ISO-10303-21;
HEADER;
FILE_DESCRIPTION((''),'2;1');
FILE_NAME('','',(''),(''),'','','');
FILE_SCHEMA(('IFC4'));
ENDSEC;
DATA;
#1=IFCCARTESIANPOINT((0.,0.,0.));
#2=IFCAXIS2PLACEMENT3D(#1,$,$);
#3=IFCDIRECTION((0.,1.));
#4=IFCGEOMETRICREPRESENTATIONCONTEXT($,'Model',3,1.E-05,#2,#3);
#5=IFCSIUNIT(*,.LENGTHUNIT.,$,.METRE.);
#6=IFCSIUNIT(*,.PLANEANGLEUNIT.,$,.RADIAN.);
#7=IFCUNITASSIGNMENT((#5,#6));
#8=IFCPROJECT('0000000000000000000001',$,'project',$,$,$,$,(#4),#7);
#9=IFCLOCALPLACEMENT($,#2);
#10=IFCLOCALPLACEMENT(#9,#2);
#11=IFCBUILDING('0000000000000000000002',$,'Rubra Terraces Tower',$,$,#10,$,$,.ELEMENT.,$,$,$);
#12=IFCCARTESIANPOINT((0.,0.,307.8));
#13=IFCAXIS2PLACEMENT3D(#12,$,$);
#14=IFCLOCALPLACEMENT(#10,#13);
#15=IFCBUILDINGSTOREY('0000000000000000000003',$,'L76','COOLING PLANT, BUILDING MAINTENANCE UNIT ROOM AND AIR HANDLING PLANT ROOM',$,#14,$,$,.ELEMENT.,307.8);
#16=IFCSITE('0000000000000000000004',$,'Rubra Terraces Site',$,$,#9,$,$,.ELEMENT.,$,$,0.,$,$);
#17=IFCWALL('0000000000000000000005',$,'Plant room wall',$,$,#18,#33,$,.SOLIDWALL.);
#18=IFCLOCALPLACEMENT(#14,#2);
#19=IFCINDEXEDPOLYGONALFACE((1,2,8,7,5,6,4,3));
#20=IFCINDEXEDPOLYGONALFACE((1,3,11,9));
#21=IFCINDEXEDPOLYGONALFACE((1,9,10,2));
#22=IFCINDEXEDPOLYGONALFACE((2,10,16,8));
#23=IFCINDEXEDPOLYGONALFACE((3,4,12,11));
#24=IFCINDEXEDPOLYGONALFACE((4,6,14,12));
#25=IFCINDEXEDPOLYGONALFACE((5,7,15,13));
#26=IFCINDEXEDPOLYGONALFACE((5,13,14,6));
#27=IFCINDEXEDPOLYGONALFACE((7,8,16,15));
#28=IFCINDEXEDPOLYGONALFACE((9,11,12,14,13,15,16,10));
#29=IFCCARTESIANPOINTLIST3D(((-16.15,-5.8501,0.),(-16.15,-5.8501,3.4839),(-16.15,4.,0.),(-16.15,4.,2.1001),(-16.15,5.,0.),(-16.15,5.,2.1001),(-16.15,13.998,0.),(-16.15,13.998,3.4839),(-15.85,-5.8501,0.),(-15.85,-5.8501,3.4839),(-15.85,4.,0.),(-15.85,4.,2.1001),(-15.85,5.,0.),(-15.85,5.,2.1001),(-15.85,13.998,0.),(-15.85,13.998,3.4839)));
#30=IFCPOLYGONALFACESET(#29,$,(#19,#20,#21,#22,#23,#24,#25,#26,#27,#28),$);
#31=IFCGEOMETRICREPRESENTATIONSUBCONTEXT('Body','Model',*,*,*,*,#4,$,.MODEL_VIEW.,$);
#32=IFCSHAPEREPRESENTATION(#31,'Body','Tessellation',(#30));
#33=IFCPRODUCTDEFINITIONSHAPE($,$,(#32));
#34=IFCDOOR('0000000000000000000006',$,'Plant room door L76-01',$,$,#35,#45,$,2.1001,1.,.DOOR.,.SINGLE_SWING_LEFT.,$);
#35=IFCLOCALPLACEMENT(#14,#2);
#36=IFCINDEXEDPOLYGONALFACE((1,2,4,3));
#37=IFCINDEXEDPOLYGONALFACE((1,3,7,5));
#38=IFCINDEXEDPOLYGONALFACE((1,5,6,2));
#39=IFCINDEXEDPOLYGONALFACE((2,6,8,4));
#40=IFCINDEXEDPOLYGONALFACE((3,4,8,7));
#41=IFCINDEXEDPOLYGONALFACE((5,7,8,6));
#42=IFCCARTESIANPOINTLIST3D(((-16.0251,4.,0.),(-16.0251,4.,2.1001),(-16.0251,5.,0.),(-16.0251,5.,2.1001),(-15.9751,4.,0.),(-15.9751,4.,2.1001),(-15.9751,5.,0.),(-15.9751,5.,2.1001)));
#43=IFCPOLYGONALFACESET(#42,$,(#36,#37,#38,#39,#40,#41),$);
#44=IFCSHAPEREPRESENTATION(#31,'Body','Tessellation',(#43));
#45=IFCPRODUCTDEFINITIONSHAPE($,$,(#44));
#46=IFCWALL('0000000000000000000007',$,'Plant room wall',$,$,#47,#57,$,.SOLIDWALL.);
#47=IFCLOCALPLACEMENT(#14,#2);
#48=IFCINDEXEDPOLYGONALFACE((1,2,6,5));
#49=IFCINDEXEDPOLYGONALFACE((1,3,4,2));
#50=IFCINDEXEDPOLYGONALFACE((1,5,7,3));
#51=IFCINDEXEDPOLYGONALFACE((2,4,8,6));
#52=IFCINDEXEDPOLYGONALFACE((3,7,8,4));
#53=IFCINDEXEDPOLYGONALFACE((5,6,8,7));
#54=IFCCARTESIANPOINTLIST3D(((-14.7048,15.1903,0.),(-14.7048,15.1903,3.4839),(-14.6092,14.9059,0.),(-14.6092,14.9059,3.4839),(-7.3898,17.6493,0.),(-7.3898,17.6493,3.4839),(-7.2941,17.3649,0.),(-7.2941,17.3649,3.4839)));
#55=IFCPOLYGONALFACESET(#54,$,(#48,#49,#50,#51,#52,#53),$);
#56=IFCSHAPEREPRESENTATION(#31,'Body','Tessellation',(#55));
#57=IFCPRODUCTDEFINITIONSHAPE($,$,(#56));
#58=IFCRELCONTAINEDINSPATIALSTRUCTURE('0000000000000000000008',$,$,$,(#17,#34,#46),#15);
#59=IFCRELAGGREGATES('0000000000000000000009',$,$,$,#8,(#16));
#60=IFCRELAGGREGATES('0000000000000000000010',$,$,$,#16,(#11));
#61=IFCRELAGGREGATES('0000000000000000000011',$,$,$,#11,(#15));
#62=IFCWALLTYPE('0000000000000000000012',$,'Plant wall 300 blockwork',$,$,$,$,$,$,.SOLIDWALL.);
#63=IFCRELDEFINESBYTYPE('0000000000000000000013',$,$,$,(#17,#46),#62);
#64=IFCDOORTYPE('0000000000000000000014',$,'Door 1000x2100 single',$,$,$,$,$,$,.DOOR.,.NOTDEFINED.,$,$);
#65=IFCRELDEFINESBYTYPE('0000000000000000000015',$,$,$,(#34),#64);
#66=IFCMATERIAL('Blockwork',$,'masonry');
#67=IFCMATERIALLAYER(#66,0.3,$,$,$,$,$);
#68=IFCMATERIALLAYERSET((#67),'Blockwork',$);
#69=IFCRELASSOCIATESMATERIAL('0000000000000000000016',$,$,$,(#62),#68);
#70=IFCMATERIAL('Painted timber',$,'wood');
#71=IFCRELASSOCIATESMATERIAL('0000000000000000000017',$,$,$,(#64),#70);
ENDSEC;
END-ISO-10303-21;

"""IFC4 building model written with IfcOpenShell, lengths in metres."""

from ifc_helpers import new_model, si_unit, direction, frame, frame_2d, origin, place, context, subcontext, project, spatial, rectangle, extrude, material, layer, layer_set, type_object, element, fill, save


model = new_model("IFC4")

# Units and contexts
model_context = context("Model", 3, precision=1e-05, world=origin(), true_north=direction((0.0, 1.0)))
body_context = subcontext(model_context, "Body", "Model", "MODEL_VIEW")
ifc_project = project(units=[si_unit("LENGTHUNIT", "METRE"), si_unit("PLANEANGLEUNIT", "RADIAN")], contexts=[model_context])

# Site, building, storey
site_placement = place(None, origin())
site = spatial("IfcSite", under=ifc_project, at=site_placement, Name="Rubra Terraces Site", CompositionType="ELEMENT", RefElevation=0.0)
building_placement = place(site_placement, origin())
building = spatial("IfcBuilding", under=site, at=building_placement, Name="Rubra Terraces Tower", CompositionType="ELEMENT")
storey_placement = place(building_placement, frame((0.0, 0.0, 307.8)))
storey = spatial("IfcBuildingStorey", under=building, at=storey_placement, Name="L76", Description="COOLING PLANT, BUILDING MAINTENANCE UNIT ROOM AND AIR HANDLING PLANT ROOM", CompositionType="ELEMENT", Elevation=307.8)

# Wall, opening, door
ifc_material_1 = material(Name="Blockwork", Category="masonry")
ifc_layer_1 = layer(ifc_material_1, 0.3)
ifc_layer_set_1 = layer_set([ifc_layer_1], Name="Blockwork")
wall_type = type_object("IfcWallType", Name="Plant wall 300 blockwork", PredefinedType="SOLIDWALL", material=ifc_layer_set_1)
wall_1_placement = place(storey_placement, frame((-16.0, 13.998, 0.0), z_axis=(0.0, 0.0, 1.0), x_axis=(0.0, -1.0, 0.0)))
wall_1 = element("IfcWall", 1, at=wall_1_placement, inside=storey, type_object=wall_type, Name="Plant room wall", PredefinedType="SOLIDWALL", context=body_context, shape_type="SweptSolid", body=[
    extrude(rectangle(XDim=19.8481, YDim=0.3, at=frame_2d((9.9241, 0.0))), origin(), (0.0, 0.0, 1.0), 3.4839),
])
opening_placement = place(wall_1_placement, frame((8.998, 0.0, 0.0)))
opening = element("IfcOpeningElement", 2, at=opening_placement, cuts=wall_1, PredefinedType="OPENING", context=body_context, shape_type="SweptSolid", body=[
    extrude(rectangle(XDim=1.0, YDim=2.1001, at=frame_2d((0.5, 1.05))), frame((0.0, 0.1599, 0.0), z_axis=(0.0, -1.0, 0.0), x_axis=(1.0, 0.0, 0.0)), (0.0, 0.0, 1.0), 0.3201),
])
ifc_material_2 = material(Name="Painted timber", Category="wood")
door_type = type_object("IfcDoorType", Name="Door 1000x2100 single", OperationType="NOTDEFINED", PredefinedType="DOOR", material=ifc_material_2)
door_placement = place(opening_placement, origin())
door = element("IfcDoor", 3, at=door_placement, inside=storey, type_object=door_type, Name="Plant room door L76-01", OperationType="SINGLE_SWING_LEFT", OverallHeight=2.1001, OverallWidth=1.0, PredefinedType="DOOR", context=body_context, shape_type="SweptSolid", body=[
    extrude(rectangle(XDim=1.0, YDim=2.1001, at=frame_2d((0.5, 1.05))), frame((0.0, 0.0249, 0.0), z_axis=(0.0, -1.0, 0.0), x_axis=(1.0, 0.0, 0.0)), (0.0, 0.0, 1.0), 0.05),
])
fill(opening, door)

# Wall
wall_2_placement = place(storey_placement, frame((-14.657, 15.0481, 0.0), z_axis=(0.0, 0.0, 1.0), x_axis=(0.947877, 0.318637, 0.0)))
element("IfcWall", 4, at=wall_2_placement, inside=storey, type_object=wall_type, Name="Plant room wall", PredefinedType="SOLIDWALL", context=body_context, shape_type="SweptSolid", body=[
    extrude(rectangle(XDim=7.7173, YDim=0.3, at=frame_2d((3.8586, 0.0))), origin(), (0.0, 0.0, 1.0), 3.4839),
])

save(model, "model.ifc")
